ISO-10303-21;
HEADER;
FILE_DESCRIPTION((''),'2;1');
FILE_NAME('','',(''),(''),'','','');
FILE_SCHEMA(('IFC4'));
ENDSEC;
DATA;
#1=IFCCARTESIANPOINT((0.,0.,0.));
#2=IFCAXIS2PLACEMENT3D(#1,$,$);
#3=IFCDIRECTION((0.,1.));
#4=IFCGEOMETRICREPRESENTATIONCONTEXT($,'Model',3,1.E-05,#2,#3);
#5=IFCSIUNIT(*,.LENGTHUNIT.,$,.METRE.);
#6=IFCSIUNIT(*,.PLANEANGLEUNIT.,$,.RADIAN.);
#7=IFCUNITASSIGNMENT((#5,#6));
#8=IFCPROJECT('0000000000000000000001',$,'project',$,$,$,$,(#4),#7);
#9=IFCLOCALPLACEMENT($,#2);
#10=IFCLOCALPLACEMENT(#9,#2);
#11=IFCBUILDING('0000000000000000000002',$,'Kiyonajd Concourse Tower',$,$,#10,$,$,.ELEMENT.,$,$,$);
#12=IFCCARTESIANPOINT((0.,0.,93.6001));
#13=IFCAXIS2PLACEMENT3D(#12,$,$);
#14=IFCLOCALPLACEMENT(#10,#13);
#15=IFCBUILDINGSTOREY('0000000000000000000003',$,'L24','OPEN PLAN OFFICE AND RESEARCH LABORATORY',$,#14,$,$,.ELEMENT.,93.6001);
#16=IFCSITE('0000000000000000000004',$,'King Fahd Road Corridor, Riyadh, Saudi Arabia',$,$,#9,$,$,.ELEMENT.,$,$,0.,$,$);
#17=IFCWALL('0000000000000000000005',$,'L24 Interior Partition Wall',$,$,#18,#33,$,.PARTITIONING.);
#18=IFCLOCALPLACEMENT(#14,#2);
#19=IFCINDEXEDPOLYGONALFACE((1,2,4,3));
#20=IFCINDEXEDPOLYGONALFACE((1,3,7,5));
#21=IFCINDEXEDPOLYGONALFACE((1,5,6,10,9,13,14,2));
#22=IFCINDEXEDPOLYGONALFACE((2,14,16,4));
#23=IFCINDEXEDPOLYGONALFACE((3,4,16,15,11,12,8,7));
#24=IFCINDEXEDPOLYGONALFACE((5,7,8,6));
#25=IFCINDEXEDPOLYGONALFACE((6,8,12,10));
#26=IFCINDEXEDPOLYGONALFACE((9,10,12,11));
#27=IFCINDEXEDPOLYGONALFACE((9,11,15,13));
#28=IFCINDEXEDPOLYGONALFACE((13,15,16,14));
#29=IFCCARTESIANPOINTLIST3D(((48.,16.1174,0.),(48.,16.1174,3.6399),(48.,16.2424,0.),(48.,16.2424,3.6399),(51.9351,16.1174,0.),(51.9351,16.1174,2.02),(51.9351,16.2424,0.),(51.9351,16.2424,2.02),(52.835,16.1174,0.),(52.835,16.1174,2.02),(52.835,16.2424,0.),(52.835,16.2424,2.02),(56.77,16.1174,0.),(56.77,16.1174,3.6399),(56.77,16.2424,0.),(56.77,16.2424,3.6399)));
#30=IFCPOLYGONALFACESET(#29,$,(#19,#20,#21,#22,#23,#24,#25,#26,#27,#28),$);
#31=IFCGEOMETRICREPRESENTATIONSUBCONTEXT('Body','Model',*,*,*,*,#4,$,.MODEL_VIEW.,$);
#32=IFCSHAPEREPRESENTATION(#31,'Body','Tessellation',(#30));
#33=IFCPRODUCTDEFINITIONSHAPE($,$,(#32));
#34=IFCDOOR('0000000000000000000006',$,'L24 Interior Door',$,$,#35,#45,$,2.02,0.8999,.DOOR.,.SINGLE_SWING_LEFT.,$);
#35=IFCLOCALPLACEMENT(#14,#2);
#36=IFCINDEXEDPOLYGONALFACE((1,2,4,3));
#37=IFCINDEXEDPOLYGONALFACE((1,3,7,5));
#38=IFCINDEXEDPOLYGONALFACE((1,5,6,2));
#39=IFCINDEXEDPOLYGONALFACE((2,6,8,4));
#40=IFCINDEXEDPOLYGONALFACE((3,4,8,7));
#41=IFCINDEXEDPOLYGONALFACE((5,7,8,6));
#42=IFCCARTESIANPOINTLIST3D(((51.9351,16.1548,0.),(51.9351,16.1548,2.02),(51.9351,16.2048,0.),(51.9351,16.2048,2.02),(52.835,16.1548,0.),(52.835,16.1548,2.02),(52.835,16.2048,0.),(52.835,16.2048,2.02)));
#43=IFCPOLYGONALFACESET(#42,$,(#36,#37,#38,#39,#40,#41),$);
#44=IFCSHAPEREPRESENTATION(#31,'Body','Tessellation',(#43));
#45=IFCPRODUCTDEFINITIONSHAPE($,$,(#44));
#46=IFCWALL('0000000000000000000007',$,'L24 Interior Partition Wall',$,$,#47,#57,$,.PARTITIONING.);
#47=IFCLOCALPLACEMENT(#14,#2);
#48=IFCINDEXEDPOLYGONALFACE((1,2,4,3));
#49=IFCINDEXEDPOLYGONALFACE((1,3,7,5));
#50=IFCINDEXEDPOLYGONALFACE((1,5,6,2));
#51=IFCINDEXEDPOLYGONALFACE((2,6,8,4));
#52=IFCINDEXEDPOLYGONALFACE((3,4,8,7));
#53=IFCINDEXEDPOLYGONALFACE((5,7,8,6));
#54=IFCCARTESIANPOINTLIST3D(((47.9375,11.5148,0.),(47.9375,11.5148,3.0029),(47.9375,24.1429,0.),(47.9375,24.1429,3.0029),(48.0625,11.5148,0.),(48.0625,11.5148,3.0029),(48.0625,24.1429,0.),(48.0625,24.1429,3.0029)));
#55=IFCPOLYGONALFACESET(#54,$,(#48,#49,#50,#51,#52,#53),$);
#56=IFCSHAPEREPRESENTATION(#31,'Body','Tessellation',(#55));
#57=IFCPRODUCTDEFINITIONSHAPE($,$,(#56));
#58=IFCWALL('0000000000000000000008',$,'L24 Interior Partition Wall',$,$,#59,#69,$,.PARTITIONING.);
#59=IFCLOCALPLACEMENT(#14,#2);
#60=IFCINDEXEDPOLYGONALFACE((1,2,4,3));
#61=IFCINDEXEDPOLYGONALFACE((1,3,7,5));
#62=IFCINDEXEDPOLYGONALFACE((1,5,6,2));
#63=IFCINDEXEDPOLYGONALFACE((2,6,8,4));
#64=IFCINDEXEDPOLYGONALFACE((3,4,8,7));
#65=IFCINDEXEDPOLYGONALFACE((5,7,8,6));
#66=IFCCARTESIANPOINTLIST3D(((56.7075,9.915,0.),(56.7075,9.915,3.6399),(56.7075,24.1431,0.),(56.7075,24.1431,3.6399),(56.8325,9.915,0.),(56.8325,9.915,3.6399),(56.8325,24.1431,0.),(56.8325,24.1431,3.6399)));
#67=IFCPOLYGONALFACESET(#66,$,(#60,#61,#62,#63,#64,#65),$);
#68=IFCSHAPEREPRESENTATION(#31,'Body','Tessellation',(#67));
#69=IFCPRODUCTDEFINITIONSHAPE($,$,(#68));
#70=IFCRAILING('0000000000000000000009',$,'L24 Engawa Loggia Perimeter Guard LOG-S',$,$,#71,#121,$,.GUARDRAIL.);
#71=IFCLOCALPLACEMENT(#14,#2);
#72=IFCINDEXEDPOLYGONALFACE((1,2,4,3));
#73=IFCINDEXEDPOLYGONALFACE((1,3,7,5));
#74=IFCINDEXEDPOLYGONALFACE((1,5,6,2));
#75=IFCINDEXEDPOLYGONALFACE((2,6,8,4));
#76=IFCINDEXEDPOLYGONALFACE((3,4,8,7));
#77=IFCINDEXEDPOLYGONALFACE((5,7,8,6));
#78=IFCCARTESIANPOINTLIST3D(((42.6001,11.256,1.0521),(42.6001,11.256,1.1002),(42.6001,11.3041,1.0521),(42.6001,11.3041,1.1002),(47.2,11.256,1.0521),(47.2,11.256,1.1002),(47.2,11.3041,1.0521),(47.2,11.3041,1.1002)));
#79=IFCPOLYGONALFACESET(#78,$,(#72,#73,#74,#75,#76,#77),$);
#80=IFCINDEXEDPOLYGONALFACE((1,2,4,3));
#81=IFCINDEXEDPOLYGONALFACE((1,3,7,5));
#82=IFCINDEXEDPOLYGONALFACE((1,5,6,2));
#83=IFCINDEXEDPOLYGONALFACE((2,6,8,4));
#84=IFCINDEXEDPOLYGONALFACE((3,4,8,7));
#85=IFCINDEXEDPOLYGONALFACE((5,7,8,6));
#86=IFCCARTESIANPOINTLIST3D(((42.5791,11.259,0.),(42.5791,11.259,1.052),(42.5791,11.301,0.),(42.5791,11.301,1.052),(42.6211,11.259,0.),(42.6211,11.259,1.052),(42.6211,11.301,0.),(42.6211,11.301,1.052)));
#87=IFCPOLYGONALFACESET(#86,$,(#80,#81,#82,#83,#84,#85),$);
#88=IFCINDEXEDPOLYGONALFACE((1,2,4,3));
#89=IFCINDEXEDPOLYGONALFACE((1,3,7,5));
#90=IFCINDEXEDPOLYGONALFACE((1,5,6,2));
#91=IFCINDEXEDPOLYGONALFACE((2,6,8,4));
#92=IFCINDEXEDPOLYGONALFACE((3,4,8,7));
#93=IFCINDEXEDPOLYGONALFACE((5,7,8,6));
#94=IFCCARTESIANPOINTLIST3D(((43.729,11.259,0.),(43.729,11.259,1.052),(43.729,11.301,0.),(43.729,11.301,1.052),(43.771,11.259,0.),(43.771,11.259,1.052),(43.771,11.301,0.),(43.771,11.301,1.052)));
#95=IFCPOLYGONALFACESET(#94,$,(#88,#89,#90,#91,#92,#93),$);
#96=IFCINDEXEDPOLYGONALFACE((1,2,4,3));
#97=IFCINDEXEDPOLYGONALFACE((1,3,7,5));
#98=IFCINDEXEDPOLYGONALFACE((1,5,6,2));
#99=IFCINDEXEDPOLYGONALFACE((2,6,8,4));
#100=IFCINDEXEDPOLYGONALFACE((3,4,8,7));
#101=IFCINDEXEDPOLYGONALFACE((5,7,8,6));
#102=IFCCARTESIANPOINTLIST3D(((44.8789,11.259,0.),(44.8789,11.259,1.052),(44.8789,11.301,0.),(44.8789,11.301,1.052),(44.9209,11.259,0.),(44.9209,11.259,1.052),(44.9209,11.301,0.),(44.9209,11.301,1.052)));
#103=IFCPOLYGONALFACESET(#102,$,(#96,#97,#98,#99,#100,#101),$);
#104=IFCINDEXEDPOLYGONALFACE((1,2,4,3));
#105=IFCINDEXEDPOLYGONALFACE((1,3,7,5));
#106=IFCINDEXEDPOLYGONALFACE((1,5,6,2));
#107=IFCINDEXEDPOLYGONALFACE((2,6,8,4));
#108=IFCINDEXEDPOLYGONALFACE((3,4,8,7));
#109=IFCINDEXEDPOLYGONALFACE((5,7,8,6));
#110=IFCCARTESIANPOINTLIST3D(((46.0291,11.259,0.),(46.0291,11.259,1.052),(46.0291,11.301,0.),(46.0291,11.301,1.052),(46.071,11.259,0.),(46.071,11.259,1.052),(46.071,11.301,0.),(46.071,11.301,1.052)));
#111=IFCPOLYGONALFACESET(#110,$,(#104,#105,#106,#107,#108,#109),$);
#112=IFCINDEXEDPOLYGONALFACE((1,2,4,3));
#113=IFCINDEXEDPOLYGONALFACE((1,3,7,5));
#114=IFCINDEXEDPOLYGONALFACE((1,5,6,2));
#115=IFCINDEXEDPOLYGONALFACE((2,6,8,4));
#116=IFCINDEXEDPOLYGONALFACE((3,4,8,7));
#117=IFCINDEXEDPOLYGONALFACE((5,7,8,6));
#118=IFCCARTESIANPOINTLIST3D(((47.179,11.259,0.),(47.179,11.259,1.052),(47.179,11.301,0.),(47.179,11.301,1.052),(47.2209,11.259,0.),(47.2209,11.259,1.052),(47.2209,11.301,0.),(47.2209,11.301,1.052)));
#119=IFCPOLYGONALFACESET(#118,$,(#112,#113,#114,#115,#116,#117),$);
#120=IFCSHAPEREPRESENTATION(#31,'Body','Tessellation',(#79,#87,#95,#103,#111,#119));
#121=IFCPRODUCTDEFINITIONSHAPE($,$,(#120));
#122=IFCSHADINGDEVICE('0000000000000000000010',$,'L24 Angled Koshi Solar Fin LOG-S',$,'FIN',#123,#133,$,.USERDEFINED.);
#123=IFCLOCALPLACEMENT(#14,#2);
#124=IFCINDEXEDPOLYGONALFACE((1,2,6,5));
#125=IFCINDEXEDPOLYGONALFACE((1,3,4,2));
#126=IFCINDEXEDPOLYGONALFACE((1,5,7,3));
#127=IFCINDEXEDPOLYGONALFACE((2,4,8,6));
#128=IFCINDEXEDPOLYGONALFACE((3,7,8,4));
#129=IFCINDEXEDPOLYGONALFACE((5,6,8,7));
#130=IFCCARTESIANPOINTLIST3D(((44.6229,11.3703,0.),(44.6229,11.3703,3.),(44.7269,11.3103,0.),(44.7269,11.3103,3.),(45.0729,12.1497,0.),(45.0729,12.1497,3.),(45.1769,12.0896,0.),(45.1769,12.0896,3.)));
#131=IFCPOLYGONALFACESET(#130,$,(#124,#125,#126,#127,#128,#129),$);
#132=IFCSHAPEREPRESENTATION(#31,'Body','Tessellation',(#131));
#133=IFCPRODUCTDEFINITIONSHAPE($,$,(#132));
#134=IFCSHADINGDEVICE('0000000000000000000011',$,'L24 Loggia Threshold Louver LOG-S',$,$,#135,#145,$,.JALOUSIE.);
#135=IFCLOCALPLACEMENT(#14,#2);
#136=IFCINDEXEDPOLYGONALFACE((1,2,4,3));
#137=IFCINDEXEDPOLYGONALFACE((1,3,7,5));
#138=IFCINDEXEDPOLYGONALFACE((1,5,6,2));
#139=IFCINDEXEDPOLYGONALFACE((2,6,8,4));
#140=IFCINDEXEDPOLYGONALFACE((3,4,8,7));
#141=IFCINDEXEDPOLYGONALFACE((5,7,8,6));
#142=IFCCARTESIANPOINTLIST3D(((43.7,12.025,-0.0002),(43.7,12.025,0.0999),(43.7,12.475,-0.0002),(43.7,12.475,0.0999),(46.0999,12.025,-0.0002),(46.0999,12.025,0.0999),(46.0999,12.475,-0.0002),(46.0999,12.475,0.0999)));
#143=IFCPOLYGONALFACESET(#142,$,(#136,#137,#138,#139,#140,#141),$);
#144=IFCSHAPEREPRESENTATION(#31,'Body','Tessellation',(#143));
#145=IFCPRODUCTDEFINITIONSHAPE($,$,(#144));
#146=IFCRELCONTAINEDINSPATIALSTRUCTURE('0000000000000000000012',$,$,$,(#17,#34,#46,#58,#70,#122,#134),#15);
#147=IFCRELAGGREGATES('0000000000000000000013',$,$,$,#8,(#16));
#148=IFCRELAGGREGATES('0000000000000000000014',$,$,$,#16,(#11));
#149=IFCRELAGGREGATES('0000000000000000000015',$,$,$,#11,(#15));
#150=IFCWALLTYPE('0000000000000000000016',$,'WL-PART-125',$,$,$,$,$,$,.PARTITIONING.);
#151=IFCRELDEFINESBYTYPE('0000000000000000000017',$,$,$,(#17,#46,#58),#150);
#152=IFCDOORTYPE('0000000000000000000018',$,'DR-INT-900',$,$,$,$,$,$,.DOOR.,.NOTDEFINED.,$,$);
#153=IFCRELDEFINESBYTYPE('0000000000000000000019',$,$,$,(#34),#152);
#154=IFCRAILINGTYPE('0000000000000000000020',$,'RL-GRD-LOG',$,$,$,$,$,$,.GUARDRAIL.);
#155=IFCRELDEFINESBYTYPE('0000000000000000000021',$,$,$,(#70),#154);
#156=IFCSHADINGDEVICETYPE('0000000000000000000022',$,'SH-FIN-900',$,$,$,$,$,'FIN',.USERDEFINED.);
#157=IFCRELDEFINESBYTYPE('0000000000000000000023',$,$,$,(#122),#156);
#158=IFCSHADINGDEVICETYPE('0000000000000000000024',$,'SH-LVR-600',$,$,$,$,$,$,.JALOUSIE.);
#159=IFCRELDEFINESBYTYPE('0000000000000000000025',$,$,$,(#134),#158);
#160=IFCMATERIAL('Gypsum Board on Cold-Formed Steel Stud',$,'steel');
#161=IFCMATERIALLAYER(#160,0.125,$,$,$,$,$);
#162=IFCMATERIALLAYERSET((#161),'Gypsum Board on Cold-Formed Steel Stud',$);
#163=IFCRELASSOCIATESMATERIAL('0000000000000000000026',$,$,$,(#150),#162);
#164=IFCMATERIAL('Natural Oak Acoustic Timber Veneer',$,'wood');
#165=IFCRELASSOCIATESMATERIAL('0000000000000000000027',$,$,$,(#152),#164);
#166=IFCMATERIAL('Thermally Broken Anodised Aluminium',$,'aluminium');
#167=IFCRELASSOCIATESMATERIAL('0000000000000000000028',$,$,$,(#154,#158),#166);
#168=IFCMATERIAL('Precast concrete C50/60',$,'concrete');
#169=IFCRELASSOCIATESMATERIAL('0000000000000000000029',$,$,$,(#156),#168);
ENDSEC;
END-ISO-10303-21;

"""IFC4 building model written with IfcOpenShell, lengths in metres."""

from ifc_helpers import new_model, si_unit, direction, frame, frame_2d, origin, origin_2d, place, context, subcontext, project, spatial, rectangle, extrude, material, layer, layer_set, type_object, element, fill, save


model = new_model("IFC4")

# Units and contexts
model_context = context("Model", 3, precision=1e-05, world=origin(), true_north=direction((0.0, 1.0)))
body_context = subcontext(model_context, "Body", "Model", "MODEL_VIEW")
ifc_project = project(units=[si_unit("LENGTHUNIT", "METRE"), si_unit("PLANEANGLEUNIT", "RADIAN")], contexts=[model_context])

# Site, building, storey
site_placement = place(None, origin())
site = spatial("IfcSite", under=ifc_project, at=site_placement, Name="King Fahd Road Corridor, Riyadh, Saudi Arabia", CompositionType="ELEMENT", RefElevation=0.0)
building_placement = place(site_placement, origin())
building = spatial("IfcBuilding", under=site, at=building_placement, Name="Kiyonajd Concourse Tower", CompositionType="ELEMENT")
storey_placement = place(building_placement, frame((0.0, 0.0, 93.6001)))
storey = spatial("IfcBuildingStorey", under=building, at=storey_placement, Name="L24", Description="OPEN PLAN OFFICE AND RESEARCH LABORATORY", CompositionType="ELEMENT", Elevation=93.6001)

# Shared definitions
ifc_material_1 = material(Name="Precast concrete C50/60", Category="concrete")

# Shared definitions
ifc_material_2 = material(Name="Thermally Broken Anodised Aluminium", Category="aluminium")

# Wall, opening, door
ifc_material_3 = material(Name="Gypsum Board on Cold-Formed Steel Stud", Category="steel")
ifc_layer_1 = layer(ifc_material_3, 0.125)
ifc_layer_set_1 = layer_set([ifc_layer_1], Name="Gypsum Board on Cold-Formed Steel Stud")
wall_type_1 = type_object("IfcWallType", Name="WL-PART-125", PredefinedType="PARTITIONING", material=ifc_layer_set_1)
wall_1_placement = place(storey_placement, frame((48.0, 16.1799, 0.0), z_axis=(0.0, 0.0, 1.0), x_axis=(1.0, 0.0, 0.0)))
wall_1 = element("IfcWall", 1, at=wall_1_placement, inside=storey, type_object=wall_type_1, Name="L24 Interior Partition Wall", PredefinedType="PARTITIONING", context=body_context, shape_type="SweptSolid", body=[
    extrude(rectangle(XDim=8.77, YDim=0.125, at=frame_2d((4.385, 0.0))), origin(), (0.0, 0.0, 1.0), 3.6399),
])
opening_1_placement = place(wall_1_placement, frame((3.9351, 0.0, 0.0)))
opening_1 = element("IfcOpeningElement", 2, at=opening_1_placement, cuts=wall_1, PredefinedType="OPENING", context=body_context, shape_type="SweptSolid", body=[
    extrude(rectangle(XDim=0.8999, YDim=2.02, at=frame_2d((0.45, 1.01))), frame((0.0, 0.0725, 0.0), z_axis=(0.0, -1.0, 0.0), x_axis=(1.0, 0.0, 0.0)), (0.0, 0.0, 1.0), 0.145),
])
ifc_material_4 = material(Name="Natural Oak Acoustic Timber Veneer", Category="wood")
door_type_1 = type_object("IfcDoorType", Name="DR-INT-900", OperationType="NOTDEFINED", PredefinedType="DOOR", material=ifc_material_4)
door_1_placement = place(opening_1_placement, origin())
door_1 = element("IfcDoor", 3, at=door_1_placement, inside=storey, type_object=door_type_1, Name="L24 Interior Door", OperationType="SINGLE_SWING_LEFT", OverallHeight=2.02, OverallWidth=0.8999, PredefinedType="DOOR", context=body_context, shape_type="SweptSolid", body=[
    extrude(rectangle(XDim=0.8999, YDim=2.02, at=frame_2d((0.45, 1.01))), frame((0.0, 0.0249, 0.0), z_axis=(0.0, -1.0, 0.0), x_axis=(1.0, 0.0, 0.0)), (0.0, 0.0, 1.0), 0.05),
])
fill(opening_1, door_1)

# Walls
wall_2_placement = place(storey_placement, frame((48.0, 11.5149, 0.0), z_axis=(0.0, 0.0, 1.0), x_axis=(0.0, 1.0, 0.0)))
element("IfcWall", 4, at=wall_2_placement, inside=storey, type_object=wall_type_1, Name="L24 Interior Partition Wall", PredefinedType="PARTITIONING", context=body_context, shape_type="SweptSolid", body=[
    extrude(rectangle(XDim=12.6282, YDim=0.125, at=frame_2d((6.314, 0.0))), origin(), (0.0, 0.0, 1.0), 3.0029),
])
wall_3_placement = place(storey_placement, frame((56.77, 9.915, 0.0), z_axis=(0.0, 0.0, 1.0), x_axis=(0.0, 1.0, 0.0)))
element("IfcWall", 5, at=wall_3_placement, inside=storey, type_object=wall_type_1, Name="L24 Interior Partition Wall", PredefinedType="PARTITIONING", context=body_context, shape_type="SweptSolid", body=[
    extrude(rectangle(XDim=14.228, YDim=0.125, at=frame_2d((7.114, 0.0))), origin(), (0.0, 0.0, 1.0), 3.6399),
])

# Railing
railing_type = type_object("IfcRailingType", Name="RL-GRD-LOG", PredefinedType="GUARDRAIL", material=ifc_material_2)
railing_placement = place(storey_placement, frame((42.6001, 11.28, 0.0)))
element("IfcRailing", 6, at=railing_placement, inside=storey, type_object=railing_type, Name="L24 Engawa Loggia Perimeter Guard LOG-S", PredefinedType="GUARDRAIL", context=body_context, shape_type="SweptSolid", body=[
    extrude(rectangle(XDim=0.0481, YDim=0.0481, at=origin_2d()), frame((0.0, 0.0, 1.0762), z_axis=(1.0, 0.0, 0.0), x_axis=(0.0, 1.0, 0.0)), (0.0, 0.0, 1.0), 4.5999),
    extrude(rectangle(XDim=0.042, YDim=0.042, at=origin_2d()), origin(), (0.0, 0.0, 1.0), 1.052),
    extrude(rectangle(XDim=0.042, YDim=0.042, at=origin_2d()), frame((1.1499, 0.0, 0.0)), (0.0, 0.0, 1.0), 1.052),
    extrude(rectangle(XDim=0.042, YDim=0.042, at=origin_2d()), frame((2.2998, 0.0, 0.0)), (0.0, 0.0, 1.0), 1.052),
    extrude(rectangle(XDim=0.042, YDim=0.042, at=origin_2d()), frame((3.45, 0.0, 0.0)), (0.0, 0.0, 1.0), 1.052),
    extrude(rectangle(XDim=0.042, YDim=0.042, at=origin_2d()), frame((4.5999, 0.0, 0.0)), (0.0, 0.0, 1.0), 1.052),
])

# Shading devices
shading_device_type_1 = type_object("IfcShadingDeviceType", Name="SH-FIN-900", ElementType="FIN", PredefinedType="USERDEFINED", material=ifc_material_1)
shading_device_1_placement = place(storey_placement, frame((44.8999, 11.73, 0.0), z_axis=(0.0, 0.0, 1.0), x_axis=(0.5, 0.866025, 0.0)))
element("IfcShadingDevice", 7, at=shading_device_1_placement, inside=storey, type_object=shading_device_type_1, Name="L24 Angled Koshi Solar Fin LOG-S", ObjectType="FIN", PredefinedType="USERDEFINED", context=body_context, shape_type="SweptSolid", body=[
    extrude(rectangle(XDim=0.8999, YDim=0.1201, at=origin_2d()), origin(), (0.0, 0.0, 1.0), 3.0),
])
shading_device_type_2 = type_object("IfcShadingDeviceType", Name="SH-LVR-600", PredefinedType="JALOUSIE", material=ifc_material_2)
shading_device_2_placement = place(storey_placement, frame((44.8999, 12.25, -0.0002), z_axis=(0.0, 0.0, 1.0), x_axis=(1.0, 0.0, 0.0)))
element("IfcShadingDevice", 8, at=shading_device_2_placement, inside=storey, type_object=shading_device_type_2, Name="L24 Loggia Threshold Louver LOG-S", PredefinedType="JALOUSIE", context=body_context, shape_type="SweptSolid", body=[
    extrude(rectangle(XDim=2.3999, YDim=0.45, at=origin_2d()), origin(), (0.0, 0.0, 1.0), 0.1001),
])

save(model, "model.ifc")
